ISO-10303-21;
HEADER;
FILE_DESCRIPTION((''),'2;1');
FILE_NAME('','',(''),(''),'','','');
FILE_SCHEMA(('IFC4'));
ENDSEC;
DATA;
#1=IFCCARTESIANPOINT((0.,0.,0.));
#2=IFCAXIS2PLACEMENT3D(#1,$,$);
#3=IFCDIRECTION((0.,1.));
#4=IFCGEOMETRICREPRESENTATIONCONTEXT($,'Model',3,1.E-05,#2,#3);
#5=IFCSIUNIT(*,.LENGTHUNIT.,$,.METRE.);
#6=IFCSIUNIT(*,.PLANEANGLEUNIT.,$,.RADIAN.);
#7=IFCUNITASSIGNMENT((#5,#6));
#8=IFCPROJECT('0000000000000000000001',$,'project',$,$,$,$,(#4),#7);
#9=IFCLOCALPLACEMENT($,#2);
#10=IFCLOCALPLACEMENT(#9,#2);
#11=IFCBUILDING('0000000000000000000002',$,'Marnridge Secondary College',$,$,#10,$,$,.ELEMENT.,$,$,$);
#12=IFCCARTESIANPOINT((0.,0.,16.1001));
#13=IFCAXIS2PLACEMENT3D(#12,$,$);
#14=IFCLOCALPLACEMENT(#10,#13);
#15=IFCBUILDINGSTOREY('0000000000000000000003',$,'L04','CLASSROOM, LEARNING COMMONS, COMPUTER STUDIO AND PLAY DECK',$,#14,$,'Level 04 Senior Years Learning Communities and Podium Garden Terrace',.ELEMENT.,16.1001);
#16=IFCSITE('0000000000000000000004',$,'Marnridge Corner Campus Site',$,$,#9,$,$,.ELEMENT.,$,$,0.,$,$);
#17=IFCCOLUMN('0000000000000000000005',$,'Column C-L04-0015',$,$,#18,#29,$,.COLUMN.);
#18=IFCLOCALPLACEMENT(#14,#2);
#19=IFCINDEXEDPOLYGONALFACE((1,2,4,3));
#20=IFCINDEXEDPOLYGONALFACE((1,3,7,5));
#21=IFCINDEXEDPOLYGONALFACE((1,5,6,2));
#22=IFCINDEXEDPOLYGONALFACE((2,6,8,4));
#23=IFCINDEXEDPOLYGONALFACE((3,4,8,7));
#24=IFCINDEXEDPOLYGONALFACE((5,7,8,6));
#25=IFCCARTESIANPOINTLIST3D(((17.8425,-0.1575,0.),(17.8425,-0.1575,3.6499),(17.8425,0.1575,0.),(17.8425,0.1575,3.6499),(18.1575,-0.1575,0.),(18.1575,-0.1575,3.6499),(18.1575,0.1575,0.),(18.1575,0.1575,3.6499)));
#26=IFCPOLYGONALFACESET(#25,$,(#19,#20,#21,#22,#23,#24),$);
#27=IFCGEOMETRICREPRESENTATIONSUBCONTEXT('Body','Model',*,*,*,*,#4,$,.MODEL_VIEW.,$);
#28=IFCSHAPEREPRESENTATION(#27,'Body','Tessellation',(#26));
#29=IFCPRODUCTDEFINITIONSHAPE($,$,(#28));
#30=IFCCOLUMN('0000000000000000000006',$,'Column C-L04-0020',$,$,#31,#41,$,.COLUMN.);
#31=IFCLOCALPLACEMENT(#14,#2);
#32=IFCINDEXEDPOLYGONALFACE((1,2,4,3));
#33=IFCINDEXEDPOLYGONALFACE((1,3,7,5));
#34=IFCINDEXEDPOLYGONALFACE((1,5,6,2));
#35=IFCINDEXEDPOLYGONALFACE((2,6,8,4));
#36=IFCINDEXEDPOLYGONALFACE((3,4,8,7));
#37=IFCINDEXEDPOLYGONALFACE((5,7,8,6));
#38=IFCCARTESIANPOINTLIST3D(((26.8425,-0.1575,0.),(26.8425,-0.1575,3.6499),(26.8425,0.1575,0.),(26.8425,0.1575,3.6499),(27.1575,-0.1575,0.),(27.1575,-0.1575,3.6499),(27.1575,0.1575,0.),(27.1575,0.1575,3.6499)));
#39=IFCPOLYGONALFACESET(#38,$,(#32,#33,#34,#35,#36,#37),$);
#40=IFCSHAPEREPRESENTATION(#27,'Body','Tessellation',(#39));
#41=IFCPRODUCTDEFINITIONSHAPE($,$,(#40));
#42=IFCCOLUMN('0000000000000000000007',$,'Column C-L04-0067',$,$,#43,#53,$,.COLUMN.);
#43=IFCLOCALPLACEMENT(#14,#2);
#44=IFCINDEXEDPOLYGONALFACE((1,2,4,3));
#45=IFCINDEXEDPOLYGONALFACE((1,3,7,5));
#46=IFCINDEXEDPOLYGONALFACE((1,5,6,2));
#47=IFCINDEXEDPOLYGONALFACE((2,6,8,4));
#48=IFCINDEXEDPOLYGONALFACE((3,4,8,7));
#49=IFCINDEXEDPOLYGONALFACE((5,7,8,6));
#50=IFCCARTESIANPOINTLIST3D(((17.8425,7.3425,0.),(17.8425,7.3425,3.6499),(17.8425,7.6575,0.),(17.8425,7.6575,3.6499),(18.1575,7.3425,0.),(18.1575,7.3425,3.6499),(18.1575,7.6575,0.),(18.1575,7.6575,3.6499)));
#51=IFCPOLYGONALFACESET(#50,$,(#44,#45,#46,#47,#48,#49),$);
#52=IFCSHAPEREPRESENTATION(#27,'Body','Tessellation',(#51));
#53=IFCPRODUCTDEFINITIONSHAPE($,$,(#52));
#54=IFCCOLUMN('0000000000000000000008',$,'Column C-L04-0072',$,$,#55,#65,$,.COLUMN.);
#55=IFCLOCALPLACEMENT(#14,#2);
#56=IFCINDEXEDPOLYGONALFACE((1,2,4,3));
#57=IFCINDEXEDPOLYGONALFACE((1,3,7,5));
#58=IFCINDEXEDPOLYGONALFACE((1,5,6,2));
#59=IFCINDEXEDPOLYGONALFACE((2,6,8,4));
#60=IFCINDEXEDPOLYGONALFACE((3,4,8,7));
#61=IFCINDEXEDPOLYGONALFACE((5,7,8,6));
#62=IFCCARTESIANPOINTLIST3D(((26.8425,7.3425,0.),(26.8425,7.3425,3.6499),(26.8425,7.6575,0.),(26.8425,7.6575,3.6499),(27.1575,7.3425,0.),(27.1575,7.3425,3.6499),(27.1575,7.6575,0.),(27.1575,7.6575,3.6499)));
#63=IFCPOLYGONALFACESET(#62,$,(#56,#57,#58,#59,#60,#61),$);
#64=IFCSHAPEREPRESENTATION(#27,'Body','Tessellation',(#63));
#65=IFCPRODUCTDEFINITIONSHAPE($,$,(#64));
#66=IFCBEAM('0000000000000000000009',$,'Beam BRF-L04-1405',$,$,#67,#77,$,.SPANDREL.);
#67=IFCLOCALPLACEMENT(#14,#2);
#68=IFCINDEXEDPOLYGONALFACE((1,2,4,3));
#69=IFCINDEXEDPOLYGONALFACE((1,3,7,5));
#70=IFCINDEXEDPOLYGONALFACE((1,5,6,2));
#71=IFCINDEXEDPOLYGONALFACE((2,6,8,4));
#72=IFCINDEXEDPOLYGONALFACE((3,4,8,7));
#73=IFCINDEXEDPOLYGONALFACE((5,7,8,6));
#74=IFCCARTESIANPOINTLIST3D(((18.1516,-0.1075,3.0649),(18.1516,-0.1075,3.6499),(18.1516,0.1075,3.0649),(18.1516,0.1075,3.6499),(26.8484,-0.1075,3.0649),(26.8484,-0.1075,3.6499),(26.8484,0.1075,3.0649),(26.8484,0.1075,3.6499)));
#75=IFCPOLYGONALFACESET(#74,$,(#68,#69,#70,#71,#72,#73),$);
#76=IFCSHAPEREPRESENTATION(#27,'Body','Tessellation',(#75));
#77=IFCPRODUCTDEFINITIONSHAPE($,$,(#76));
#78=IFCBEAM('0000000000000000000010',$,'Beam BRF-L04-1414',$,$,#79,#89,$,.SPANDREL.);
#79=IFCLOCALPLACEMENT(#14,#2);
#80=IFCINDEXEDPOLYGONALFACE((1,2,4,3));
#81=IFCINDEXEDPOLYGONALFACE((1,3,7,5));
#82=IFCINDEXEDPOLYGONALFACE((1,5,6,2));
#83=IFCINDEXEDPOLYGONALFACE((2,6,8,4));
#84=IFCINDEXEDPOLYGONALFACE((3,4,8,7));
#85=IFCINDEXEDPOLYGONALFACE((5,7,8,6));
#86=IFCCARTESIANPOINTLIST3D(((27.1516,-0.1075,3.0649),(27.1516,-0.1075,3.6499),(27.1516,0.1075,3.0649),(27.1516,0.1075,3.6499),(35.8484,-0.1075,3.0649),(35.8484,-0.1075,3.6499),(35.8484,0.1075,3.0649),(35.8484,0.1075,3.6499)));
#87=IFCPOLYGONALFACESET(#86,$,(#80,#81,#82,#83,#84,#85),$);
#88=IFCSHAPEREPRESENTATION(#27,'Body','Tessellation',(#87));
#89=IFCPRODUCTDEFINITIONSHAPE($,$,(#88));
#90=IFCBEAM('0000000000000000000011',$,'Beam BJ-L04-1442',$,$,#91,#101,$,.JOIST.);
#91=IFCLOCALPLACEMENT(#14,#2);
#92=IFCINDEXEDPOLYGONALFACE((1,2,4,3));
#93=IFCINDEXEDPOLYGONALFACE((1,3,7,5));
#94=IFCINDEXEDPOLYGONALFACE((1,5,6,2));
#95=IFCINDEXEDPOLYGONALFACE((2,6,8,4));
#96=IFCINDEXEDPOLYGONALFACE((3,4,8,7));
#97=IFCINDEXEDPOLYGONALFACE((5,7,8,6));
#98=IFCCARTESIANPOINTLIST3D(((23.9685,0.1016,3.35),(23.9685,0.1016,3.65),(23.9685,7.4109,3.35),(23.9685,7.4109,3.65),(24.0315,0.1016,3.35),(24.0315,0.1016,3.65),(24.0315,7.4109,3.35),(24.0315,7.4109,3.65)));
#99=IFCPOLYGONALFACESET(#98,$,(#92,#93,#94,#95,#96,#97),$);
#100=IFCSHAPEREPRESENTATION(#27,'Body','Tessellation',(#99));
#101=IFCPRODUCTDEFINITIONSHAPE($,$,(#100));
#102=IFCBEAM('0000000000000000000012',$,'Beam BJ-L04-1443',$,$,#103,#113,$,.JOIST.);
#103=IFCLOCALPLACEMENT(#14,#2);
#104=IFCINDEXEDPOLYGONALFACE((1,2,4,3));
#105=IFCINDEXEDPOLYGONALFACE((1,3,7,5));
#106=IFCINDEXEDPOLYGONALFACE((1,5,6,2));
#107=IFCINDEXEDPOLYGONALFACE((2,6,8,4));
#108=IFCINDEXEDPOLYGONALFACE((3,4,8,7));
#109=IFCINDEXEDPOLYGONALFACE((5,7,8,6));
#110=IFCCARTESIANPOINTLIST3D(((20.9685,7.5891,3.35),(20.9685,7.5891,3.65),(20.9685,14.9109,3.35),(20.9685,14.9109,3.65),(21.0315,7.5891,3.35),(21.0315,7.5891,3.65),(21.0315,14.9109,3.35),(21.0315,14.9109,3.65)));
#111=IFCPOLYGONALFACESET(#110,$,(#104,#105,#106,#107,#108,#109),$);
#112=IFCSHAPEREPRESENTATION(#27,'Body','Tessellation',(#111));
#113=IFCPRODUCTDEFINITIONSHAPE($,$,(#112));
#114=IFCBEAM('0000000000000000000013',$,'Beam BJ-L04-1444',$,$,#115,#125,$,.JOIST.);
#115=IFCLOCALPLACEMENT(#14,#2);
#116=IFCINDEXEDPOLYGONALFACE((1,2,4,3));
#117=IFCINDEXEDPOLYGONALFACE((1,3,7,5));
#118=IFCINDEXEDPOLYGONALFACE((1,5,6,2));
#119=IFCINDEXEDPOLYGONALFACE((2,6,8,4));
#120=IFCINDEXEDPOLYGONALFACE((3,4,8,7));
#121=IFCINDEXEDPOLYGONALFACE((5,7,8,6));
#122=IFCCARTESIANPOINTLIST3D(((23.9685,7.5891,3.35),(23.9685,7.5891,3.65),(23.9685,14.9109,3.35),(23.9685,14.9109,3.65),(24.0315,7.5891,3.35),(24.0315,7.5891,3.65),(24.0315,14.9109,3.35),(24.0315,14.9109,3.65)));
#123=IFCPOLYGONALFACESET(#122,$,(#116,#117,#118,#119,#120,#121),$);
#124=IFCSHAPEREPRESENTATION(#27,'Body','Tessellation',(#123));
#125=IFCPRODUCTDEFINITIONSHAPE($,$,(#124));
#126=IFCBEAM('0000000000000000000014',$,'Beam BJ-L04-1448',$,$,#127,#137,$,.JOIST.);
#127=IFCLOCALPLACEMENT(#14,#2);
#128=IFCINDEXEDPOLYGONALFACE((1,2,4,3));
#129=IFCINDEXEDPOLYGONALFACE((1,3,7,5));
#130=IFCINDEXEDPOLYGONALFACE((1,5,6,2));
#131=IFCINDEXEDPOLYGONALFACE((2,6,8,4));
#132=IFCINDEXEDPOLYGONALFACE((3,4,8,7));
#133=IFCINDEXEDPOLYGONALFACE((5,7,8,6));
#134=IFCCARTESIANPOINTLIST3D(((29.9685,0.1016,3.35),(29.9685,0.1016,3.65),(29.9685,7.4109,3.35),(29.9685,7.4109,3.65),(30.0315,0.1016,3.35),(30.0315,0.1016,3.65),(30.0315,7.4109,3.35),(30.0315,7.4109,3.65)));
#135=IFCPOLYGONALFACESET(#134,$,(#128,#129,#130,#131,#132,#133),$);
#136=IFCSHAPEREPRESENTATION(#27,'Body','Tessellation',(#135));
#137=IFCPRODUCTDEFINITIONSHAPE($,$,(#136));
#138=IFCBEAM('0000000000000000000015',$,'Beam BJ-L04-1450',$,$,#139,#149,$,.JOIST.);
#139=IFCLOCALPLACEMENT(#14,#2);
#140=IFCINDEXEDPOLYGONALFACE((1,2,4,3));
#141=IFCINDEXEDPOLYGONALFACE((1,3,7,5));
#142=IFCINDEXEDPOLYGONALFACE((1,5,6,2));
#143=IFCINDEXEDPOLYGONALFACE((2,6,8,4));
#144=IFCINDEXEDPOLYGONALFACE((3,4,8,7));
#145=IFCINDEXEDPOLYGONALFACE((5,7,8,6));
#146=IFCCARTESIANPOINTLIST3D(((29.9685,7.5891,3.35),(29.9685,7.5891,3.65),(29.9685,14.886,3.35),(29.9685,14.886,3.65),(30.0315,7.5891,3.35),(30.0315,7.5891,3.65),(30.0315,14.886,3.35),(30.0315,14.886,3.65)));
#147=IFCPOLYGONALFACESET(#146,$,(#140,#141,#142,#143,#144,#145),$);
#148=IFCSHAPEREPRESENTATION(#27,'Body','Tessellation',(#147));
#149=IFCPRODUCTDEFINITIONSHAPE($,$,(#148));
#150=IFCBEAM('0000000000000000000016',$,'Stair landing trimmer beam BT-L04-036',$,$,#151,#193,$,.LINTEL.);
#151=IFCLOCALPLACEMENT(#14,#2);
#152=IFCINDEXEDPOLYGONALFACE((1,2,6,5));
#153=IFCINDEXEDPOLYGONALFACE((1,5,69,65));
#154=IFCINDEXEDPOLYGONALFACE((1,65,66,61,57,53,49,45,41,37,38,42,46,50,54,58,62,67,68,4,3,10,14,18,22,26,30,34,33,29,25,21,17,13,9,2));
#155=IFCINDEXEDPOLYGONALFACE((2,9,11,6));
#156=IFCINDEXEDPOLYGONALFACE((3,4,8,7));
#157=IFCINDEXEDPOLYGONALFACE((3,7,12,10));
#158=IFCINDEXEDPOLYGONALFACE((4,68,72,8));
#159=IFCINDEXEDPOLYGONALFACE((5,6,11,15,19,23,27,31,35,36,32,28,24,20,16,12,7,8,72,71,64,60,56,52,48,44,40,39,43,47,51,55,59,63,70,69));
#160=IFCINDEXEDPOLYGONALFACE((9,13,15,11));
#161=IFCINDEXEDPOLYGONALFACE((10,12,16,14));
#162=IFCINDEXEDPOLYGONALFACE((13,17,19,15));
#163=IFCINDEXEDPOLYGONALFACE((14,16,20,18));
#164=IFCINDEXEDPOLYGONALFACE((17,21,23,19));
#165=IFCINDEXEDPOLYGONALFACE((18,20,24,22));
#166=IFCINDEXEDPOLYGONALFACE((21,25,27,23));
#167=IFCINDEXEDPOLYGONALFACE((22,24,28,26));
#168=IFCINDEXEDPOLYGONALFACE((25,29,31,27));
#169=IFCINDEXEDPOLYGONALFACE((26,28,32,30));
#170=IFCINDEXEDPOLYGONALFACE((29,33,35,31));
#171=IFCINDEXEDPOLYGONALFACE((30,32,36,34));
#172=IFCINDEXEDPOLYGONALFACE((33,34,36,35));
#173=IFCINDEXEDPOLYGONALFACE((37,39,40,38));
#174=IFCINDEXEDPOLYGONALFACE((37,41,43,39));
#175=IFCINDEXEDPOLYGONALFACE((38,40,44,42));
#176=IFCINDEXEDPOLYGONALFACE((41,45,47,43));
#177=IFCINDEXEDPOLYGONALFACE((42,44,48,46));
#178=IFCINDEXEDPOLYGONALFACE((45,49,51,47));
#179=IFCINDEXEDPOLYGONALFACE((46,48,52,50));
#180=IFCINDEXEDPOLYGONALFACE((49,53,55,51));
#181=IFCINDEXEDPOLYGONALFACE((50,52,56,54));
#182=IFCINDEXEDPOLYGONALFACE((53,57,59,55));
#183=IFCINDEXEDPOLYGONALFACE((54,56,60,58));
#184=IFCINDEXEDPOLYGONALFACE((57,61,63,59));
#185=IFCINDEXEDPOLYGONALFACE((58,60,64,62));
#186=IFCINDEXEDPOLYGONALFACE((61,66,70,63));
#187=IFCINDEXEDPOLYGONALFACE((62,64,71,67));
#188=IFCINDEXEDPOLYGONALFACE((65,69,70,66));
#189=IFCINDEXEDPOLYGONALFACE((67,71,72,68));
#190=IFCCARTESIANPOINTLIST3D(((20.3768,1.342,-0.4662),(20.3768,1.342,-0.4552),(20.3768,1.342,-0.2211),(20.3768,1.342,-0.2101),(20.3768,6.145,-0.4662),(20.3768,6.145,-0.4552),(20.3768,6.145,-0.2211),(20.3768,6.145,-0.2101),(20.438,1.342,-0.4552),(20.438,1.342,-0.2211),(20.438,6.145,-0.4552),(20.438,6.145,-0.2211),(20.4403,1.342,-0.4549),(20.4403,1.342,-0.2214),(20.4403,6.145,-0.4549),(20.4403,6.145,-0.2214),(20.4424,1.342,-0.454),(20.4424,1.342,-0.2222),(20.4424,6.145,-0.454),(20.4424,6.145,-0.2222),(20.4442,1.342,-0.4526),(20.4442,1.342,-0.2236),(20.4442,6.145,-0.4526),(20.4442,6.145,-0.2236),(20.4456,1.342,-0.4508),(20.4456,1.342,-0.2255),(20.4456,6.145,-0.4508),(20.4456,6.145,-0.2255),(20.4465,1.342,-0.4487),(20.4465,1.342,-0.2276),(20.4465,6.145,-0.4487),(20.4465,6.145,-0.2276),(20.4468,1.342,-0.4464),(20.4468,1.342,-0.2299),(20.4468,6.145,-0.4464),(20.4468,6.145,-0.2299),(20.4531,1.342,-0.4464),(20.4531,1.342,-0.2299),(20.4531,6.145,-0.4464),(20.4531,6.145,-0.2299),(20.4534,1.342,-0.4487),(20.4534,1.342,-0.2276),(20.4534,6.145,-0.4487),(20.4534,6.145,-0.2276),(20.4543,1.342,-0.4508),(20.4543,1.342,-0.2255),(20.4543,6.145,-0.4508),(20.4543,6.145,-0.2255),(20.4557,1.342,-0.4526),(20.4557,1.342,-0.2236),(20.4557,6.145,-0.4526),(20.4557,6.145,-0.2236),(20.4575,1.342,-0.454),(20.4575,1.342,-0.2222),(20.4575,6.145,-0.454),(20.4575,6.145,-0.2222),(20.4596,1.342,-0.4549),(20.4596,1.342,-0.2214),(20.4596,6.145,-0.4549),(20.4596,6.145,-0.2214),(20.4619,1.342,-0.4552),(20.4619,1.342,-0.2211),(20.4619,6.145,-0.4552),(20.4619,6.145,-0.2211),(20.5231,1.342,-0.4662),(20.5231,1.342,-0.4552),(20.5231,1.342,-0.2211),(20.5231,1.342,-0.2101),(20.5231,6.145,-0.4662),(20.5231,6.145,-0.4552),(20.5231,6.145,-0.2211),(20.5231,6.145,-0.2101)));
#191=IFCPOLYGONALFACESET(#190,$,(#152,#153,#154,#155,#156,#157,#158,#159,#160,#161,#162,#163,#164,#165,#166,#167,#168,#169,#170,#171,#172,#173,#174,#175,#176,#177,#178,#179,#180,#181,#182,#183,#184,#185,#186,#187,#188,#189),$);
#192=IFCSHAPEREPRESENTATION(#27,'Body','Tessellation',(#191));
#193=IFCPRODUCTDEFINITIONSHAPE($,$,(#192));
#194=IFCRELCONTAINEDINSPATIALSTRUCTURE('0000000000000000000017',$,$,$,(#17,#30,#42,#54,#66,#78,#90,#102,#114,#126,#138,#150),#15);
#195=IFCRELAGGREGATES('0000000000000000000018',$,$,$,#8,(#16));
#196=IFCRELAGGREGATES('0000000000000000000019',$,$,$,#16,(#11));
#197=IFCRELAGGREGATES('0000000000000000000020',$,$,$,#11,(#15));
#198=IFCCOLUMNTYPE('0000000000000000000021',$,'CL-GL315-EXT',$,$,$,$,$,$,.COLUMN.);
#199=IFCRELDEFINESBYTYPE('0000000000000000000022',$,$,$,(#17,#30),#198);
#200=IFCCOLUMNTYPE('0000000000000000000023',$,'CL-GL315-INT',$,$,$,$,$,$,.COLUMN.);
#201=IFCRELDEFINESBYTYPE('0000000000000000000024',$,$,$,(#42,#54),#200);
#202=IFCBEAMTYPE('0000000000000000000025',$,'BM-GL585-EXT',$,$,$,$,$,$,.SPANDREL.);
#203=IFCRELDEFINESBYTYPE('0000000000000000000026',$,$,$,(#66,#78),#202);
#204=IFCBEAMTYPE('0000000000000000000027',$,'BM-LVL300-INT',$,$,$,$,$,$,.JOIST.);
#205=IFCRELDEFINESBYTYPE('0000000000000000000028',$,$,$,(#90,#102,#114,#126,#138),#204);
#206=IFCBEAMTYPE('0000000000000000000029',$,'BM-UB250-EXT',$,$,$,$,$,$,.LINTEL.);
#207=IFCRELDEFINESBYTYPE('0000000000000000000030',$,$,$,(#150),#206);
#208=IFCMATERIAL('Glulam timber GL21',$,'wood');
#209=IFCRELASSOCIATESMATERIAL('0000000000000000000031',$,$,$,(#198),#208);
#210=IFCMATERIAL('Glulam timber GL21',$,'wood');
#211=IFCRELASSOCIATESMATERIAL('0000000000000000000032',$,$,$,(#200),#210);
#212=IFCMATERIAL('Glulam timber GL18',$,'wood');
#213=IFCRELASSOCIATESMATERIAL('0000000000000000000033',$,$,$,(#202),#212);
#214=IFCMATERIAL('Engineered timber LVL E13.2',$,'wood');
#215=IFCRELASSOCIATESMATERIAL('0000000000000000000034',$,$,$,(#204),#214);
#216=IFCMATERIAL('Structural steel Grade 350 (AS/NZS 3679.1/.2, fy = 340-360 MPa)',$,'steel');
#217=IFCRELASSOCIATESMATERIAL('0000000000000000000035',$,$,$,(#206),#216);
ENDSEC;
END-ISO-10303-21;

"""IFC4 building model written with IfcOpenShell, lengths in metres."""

from ifc_helpers import new_model, si_unit, direction, frame, origin, origin_2d, place, context, subcontext, project, spatial, rectangle, i_section, extrude, material, material_profile, profile_set, type_object, element, save


model = new_model("IFC4")

# Units and contexts
model_context = context("Model", 3, precision=1e-05, world=origin(), true_north=direction((0.0, 1.0)))
body_context = subcontext(model_context, "Body", "Model", "MODEL_VIEW")
ifc_project = project(units=[si_unit("LENGTHUNIT", "METRE"), si_unit("PLANEANGLEUNIT", "RADIAN")], contexts=[model_context])

# Site, building, storey
site_placement = place(None, origin())
site = spatial("IfcSite", under=ifc_project, at=site_placement, Name="Marnridge Corner Campus Site", CompositionType="ELEMENT", RefElevation=0.0)
building_placement = place(site_placement, origin())
building = spatial("IfcBuilding", under=site, at=building_placement, Name="Marnridge Secondary College", CompositionType="ELEMENT")
storey_placement = place(building_placement, frame((0.0, 0.0, 16.1001)))
storey = spatial("IfcBuildingStorey", under=building, at=storey_placement, Name="L04", Description="CLASSROOM, LEARNING COMMONS, COMPUTER STUDIO AND PLAY DECK", LongName="Level 04 Senior Years Learning Communities and Podium Garden Terrace", CompositionType="ELEMENT", Elevation=16.1001)

# Columns
ifc_material_1 = material(Name="Glulam timber GL21", Category="wood")
ifc_material_profile_1 = material_profile(ifc_material_1, rectangle(XDim=0.3149, YDim=0.3149, at=origin_2d()), Name="GL21 315x315")
ifc_profile_set_1 = profile_set([ifc_material_profile_1], Name="Glulam timber GL21")
column_type_1 = type_object("IfcColumnType", Name="CL-GL315-EXT", PredefinedType="COLUMN", material=ifc_profile_set_1)
for number, where, z_axis, x_axis, name in (
    (1, (18.0, 0.0, 0.0), (0.0, 0.0, 1.0), (1.0, 0.0, 0.0), "Column C-L04-0015"),
    (2, (27.0, 0.0, 0.0), (0.0, 0.0, 1.0), (1.0, 0.0, 0.0), "Column C-L04-0020"),
):
    element("IfcColumn", number, at=place(storey_placement, frame(where, z_axis=z_axis, x_axis=x_axis)), inside=storey, type_object=column_type_1, Name=name, PredefinedType="COLUMN", context=body_context, shape_type="SweptSolid", body=[
        extrude(rectangle(XDim=0.3149, YDim=0.3149, at=origin_2d()), origin(), (0.0, 0.0, 1.0), 3.6499),
    ])
ifc_material_2 = material(Name="Glulam timber GL21", Category="wood")
ifc_material_profile_2 = material_profile(ifc_material_2, rectangle(XDim=0.3149, YDim=0.3149, at=origin_2d()), Name="GL21 315x315")
ifc_profile_set_2 = profile_set([ifc_material_profile_2], Name="Glulam timber GL21")
column_type_2 = type_object("IfcColumnType", Name="CL-GL315-INT", PredefinedType="COLUMN", material=ifc_profile_set_2)
for number, where, z_axis, x_axis, name in (
    (3, (18.0, 7.5, 0.0), (0.0, 0.0, 1.0), (1.0, 0.0, 0.0), "Column C-L04-0067"),
    (4, (27.0, 7.5, 0.0), (0.0, 0.0, 1.0), (1.0, 0.0, 0.0), "Column C-L04-0072"),
):
    element("IfcColumn", number, at=place(storey_placement, frame(where, z_axis=z_axis, x_axis=x_axis)), inside=storey, type_object=column_type_2, Name=name, PredefinedType="COLUMN", context=body_context, shape_type="SweptSolid", body=[
        extrude(rectangle(XDim=0.3149, YDim=0.3149, at=origin_2d()), origin(), (0.0, 0.0, 1.0), 3.6499),
    ])

# Beams
ifc_material_3 = material(Name="Glulam timber GL18", Category="wood")
ifc_material_profile_3 = material_profile(ifc_material_3, rectangle(XDim=0.2151, YDim=0.585, at=origin_2d()), Name="GL18 215x585")
ifc_profile_set_3 = profile_set([ifc_material_profile_3], Name="Glulam timber GL18")
beam_type_1 = type_object("IfcBeamType", Name="BM-GL585-EXT", PredefinedType="SPANDREL", material=ifc_profile_set_3)
for number, where, z_axis, x_axis, name in (
    (5, (18.1516, 0.0, 3.3574), (1.0, 0.0, 0.0), (0.0, 1.0, 0.0), "Beam BRF-L04-1405"),
    (6, (27.1516, 0.0, 3.3574), (1.0, 0.0, 0.0), (0.0, 1.0, 0.0), "Beam BRF-L04-1414"),
):
    element("IfcBeam", number, at=place(storey_placement, frame(where, z_axis=z_axis, x_axis=x_axis)), inside=storey, type_object=beam_type_1, Name=name, PredefinedType="SPANDREL", context=body_context, shape_type="SweptSolid", body=[
        extrude(rectangle(XDim=0.2151, YDim=0.585, at=origin_2d()), origin(), (0.0, 0.0, 1.0), 8.6968),
    ])
ifc_material_4 = material(Name="Engineered timber LVL E13.2", Category="wood")
ifc_material_profile_4 = material_profile(ifc_material_4, rectangle(XDim=0.063, YDim=0.3, at=origin_2d()), Name="LVL 63x300")
ifc_profile_set_4 = profile_set([ifc_material_profile_4], Name="Engineered timber LVL E13.2")
beam_type_2 = type_object("IfcBeamType", Name="BM-LVL300-INT", PredefinedType="JOIST", material=ifc_profile_set_4)
beam_1_placement = place(storey_placement, frame((24.0, 0.1016, 3.5), z_axis=(0.0, 1.0, 0.0), x_axis=(-1.0, 0.0, 0.0)))
element("IfcBeam", 7, at=beam_1_placement, inside=storey, type_object=beam_type_2, Name="Beam BJ-L04-1442", PredefinedType="JOIST", context=body_context, shape_type="SweptSolid", body=[
    extrude(rectangle(XDim=0.063, YDim=0.3, at=origin_2d()), origin(), (0.0, 0.0, 1.0), 7.3093),
])
for number, where, z_axis, x_axis, name in (
    (8, (21.0, 7.5891, 3.5), (0.0, 1.0, 0.0), (-1.0, 0.0, 0.0), "Beam BJ-L04-1443"),
    (9, (24.0, 7.5891, 3.5), (0.0, 1.0, 0.0), (-1.0, 0.0, 0.0), "Beam BJ-L04-1444"),
):
    element("IfcBeam", number, at=place(storey_placement, frame(where, z_axis=z_axis, x_axis=x_axis)), inside=storey, type_object=beam_type_2, Name=name, PredefinedType="JOIST", context=body_context, shape_type="SweptSolid", body=[
        extrude(rectangle(XDim=0.063, YDim=0.3, at=origin_2d()), origin(), (0.0, 0.0, 1.0), 7.3218),
    ])
beam_2_placement = place(storey_placement, frame((30.0, 0.1016, 3.5), z_axis=(0.0, 1.0, 0.0), x_axis=(-1.0, 0.0, 0.0)))
element("IfcBeam", 10, at=beam_2_placement, inside=storey, type_object=beam_type_2, Name="Beam BJ-L04-1448", PredefinedType="JOIST", context=body_context, shape_type="SweptSolid", body=[
    extrude(rectangle(XDim=0.063, YDim=0.3, at=origin_2d()), origin(), (0.0, 0.0, 1.0), 7.3093),
])
beam_3_placement = place(storey_placement, frame((30.0, 7.5891, 3.5), z_axis=(0.0, 1.0, 0.0), x_axis=(-1.0, 0.0, 0.0)))
element("IfcBeam", 11, at=beam_3_placement, inside=storey, type_object=beam_type_2, Name="Beam BJ-L04-1450", PredefinedType="JOIST", context=body_context, shape_type="SweptSolid", body=[
    extrude(rectangle(XDim=0.063, YDim=0.3, at=origin_2d()), origin(), (0.0, 0.0, 1.0), 7.2969),
])
ifc_material_5 = material(Name="Structural steel Grade 350 (AS/NZS 3679.1/.2, fy = 340-360 MPa)", Category="steel")
ifc_material_profile_5 = material_profile(ifc_material_5, i_section(OverallWidth=0.1462, OverallDepth=0.2561, WebThickness=0.0063, FlangeThickness=0.011, FilletRadius=0.0088, at=origin_2d()), Name="250UB37.3")
ifc_profile_set_5 = profile_set([ifc_material_profile_5], Name="Structural steel Grade 350 (AS/NZS 3679.1/.2, fy = 340-360 MPa)")
beam_type_3 = type_object("IfcBeamType", Name="BM-UB250-EXT", PredefinedType="LINTEL", material=ifc_profile_set_5)
beam_4_placement = place(storey_placement, frame((20.45, 1.342, -0.3381), z_axis=(0.0, 1.0, 0.0), x_axis=(-1.0, 0.0, 0.0)))
element("IfcBeam", 12, at=beam_4_placement, inside=storey, type_object=beam_type_3, Name="Stair landing trimmer beam BT-L04-036", PredefinedType="LINTEL", context=body_context, shape_type="SweptSolid", body=[
    extrude(i_section(OverallWidth=0.1462, OverallDepth=0.2561, WebThickness=0.0063, FlangeThickness=0.011, FilletRadius=0.0088, at=origin_2d()), origin(), (0.0, 0.0, 1.0), 4.803),
])

save(model, "model.ifc")
